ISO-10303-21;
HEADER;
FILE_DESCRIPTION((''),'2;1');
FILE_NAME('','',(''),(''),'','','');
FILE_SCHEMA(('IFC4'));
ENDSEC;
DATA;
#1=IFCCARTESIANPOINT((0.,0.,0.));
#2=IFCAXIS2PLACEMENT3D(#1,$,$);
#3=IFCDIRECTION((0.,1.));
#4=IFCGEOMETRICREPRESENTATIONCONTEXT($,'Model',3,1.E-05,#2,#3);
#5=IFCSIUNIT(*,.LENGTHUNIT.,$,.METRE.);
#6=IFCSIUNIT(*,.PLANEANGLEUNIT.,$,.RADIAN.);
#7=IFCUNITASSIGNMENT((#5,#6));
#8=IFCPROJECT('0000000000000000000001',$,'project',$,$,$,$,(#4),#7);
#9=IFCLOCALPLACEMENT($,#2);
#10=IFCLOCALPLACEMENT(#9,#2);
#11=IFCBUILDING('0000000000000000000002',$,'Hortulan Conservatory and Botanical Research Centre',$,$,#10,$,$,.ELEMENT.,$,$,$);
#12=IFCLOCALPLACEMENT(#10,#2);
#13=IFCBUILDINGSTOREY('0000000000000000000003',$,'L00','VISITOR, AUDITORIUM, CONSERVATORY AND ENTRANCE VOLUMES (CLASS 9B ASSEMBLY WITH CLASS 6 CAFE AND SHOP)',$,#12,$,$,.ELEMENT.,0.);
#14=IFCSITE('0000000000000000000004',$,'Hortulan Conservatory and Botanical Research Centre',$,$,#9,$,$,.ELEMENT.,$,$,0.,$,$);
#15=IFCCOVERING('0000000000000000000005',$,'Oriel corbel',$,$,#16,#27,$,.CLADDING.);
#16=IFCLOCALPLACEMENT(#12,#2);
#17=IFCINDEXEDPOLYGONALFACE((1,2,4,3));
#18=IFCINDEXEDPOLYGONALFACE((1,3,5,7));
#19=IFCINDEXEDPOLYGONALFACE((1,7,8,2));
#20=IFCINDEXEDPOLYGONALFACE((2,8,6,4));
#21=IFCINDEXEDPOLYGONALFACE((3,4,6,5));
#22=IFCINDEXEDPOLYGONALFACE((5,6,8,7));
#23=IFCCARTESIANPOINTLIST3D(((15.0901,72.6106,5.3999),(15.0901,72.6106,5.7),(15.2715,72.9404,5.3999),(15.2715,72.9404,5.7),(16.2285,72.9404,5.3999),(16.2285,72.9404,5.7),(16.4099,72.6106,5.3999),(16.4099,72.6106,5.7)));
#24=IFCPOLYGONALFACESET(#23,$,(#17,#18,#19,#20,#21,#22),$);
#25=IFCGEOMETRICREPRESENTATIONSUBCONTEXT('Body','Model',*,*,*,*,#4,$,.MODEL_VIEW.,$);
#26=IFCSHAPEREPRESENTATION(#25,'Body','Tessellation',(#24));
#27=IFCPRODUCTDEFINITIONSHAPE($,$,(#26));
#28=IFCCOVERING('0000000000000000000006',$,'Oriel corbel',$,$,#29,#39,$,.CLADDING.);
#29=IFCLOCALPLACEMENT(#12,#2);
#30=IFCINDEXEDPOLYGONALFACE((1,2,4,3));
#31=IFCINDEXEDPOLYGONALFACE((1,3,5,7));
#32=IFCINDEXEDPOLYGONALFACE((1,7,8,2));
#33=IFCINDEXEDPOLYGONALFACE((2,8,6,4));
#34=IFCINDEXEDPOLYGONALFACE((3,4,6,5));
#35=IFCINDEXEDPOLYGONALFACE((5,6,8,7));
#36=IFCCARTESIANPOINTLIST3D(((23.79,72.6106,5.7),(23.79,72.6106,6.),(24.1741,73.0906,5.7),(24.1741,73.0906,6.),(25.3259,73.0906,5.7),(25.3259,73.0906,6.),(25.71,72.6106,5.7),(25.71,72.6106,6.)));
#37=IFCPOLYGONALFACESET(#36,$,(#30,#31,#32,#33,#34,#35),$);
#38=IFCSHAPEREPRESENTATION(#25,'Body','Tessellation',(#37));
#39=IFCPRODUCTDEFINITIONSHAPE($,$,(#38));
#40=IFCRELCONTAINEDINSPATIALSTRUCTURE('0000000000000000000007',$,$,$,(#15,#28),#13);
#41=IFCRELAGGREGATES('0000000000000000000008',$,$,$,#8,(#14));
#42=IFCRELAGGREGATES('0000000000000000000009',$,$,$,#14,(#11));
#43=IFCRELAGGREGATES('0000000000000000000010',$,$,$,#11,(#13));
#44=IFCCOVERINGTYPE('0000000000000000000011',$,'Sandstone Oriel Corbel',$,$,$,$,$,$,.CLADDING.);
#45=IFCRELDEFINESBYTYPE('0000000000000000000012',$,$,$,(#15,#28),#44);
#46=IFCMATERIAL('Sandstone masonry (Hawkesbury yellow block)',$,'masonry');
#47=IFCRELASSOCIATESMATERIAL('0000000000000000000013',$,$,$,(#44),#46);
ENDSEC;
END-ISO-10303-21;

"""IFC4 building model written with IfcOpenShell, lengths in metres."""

from ifc_helpers import new_model, si_unit, direction, frame, origin, place, context, subcontext, project, spatial, polyline, outline, extrude, material, type_object, element, save


model = new_model("IFC4")

# Units and contexts
model_context = context("Model", 3, precision=1e-05, world=origin(), true_north=direction((0.0, 1.0)))
body_context = subcontext(model_context, "Body", "Model", "MODEL_VIEW")
ifc_project = project(units=[si_unit("LENGTHUNIT", "METRE"), si_unit("PLANEANGLEUNIT", "RADIAN")], contexts=[model_context])

# Site, building, storey
site_placement = place(None, origin())
site = spatial("IfcSite", under=ifc_project, at=site_placement, Name="Hortulan Conservatory and Botanical Research Centre", CompositionType="ELEMENT", RefElevation=0.0)
building_placement = place(site_placement, origin())
building = spatial("IfcBuilding", under=site, at=building_placement, Name="Hortulan Conservatory and Botanical Research Centre", CompositionType="ELEMENT")
storey_placement = place(building_placement, origin())
storey = spatial("IfcBuildingStorey", under=building, at=storey_placement, Name="L00", Description="VISITOR, AUDITORIUM, CONSERVATORY AND ENTRANCE VOLUMES (CLASS 9B ASSEMBLY WITH CLASS 6 CAFE AND SHOP)", CompositionType="ELEMENT", Elevation=0.0)

# Coverings
ifc_material_1 = material(Name="Sandstone masonry (Hawkesbury yellow block)", Category="masonry")
covering_type_1 = type_object("IfcCoveringType", Name="Sandstone Oriel Corbel", PredefinedType="CLADDING", material=ifc_material_1)
covering_1_placement = place(storey_placement, frame((0.0, 0.0, 5.3999)))
element("IfcCovering", 1, at=covering_1_placement, inside=storey, type_object=covering_type_1, Name="Oriel corbel", PredefinedType="CLADDING", context=body_context, shape_type="SweptSolid", body=[
    extrude(outline(polyline([(15.0901, 72.6106), (15.2715, 72.9404), (16.2285, 72.9404), (16.4099, 72.6106), (15.0901, 72.6106)])), origin(), (0.0, 0.0, 1.0), 0.3),
])
covering_2_placement = place(storey_placement, frame((0.0, 0.0, 5.7)))
element("IfcCovering", 2, at=covering_2_placement, inside=storey, type_object=covering_type_1, Name="Oriel corbel", PredefinedType="CLADDING", context=body_context, shape_type="SweptSolid", body=[
    extrude(outline(polyline([(23.79, 72.6106), (24.1741, 73.0906), (25.3259, 73.0906), (25.71, 72.6106), (23.79, 72.6106)])), origin(), (0.0, 0.0, 1.0), 0.3),
])

save(model, "model.ifc")
